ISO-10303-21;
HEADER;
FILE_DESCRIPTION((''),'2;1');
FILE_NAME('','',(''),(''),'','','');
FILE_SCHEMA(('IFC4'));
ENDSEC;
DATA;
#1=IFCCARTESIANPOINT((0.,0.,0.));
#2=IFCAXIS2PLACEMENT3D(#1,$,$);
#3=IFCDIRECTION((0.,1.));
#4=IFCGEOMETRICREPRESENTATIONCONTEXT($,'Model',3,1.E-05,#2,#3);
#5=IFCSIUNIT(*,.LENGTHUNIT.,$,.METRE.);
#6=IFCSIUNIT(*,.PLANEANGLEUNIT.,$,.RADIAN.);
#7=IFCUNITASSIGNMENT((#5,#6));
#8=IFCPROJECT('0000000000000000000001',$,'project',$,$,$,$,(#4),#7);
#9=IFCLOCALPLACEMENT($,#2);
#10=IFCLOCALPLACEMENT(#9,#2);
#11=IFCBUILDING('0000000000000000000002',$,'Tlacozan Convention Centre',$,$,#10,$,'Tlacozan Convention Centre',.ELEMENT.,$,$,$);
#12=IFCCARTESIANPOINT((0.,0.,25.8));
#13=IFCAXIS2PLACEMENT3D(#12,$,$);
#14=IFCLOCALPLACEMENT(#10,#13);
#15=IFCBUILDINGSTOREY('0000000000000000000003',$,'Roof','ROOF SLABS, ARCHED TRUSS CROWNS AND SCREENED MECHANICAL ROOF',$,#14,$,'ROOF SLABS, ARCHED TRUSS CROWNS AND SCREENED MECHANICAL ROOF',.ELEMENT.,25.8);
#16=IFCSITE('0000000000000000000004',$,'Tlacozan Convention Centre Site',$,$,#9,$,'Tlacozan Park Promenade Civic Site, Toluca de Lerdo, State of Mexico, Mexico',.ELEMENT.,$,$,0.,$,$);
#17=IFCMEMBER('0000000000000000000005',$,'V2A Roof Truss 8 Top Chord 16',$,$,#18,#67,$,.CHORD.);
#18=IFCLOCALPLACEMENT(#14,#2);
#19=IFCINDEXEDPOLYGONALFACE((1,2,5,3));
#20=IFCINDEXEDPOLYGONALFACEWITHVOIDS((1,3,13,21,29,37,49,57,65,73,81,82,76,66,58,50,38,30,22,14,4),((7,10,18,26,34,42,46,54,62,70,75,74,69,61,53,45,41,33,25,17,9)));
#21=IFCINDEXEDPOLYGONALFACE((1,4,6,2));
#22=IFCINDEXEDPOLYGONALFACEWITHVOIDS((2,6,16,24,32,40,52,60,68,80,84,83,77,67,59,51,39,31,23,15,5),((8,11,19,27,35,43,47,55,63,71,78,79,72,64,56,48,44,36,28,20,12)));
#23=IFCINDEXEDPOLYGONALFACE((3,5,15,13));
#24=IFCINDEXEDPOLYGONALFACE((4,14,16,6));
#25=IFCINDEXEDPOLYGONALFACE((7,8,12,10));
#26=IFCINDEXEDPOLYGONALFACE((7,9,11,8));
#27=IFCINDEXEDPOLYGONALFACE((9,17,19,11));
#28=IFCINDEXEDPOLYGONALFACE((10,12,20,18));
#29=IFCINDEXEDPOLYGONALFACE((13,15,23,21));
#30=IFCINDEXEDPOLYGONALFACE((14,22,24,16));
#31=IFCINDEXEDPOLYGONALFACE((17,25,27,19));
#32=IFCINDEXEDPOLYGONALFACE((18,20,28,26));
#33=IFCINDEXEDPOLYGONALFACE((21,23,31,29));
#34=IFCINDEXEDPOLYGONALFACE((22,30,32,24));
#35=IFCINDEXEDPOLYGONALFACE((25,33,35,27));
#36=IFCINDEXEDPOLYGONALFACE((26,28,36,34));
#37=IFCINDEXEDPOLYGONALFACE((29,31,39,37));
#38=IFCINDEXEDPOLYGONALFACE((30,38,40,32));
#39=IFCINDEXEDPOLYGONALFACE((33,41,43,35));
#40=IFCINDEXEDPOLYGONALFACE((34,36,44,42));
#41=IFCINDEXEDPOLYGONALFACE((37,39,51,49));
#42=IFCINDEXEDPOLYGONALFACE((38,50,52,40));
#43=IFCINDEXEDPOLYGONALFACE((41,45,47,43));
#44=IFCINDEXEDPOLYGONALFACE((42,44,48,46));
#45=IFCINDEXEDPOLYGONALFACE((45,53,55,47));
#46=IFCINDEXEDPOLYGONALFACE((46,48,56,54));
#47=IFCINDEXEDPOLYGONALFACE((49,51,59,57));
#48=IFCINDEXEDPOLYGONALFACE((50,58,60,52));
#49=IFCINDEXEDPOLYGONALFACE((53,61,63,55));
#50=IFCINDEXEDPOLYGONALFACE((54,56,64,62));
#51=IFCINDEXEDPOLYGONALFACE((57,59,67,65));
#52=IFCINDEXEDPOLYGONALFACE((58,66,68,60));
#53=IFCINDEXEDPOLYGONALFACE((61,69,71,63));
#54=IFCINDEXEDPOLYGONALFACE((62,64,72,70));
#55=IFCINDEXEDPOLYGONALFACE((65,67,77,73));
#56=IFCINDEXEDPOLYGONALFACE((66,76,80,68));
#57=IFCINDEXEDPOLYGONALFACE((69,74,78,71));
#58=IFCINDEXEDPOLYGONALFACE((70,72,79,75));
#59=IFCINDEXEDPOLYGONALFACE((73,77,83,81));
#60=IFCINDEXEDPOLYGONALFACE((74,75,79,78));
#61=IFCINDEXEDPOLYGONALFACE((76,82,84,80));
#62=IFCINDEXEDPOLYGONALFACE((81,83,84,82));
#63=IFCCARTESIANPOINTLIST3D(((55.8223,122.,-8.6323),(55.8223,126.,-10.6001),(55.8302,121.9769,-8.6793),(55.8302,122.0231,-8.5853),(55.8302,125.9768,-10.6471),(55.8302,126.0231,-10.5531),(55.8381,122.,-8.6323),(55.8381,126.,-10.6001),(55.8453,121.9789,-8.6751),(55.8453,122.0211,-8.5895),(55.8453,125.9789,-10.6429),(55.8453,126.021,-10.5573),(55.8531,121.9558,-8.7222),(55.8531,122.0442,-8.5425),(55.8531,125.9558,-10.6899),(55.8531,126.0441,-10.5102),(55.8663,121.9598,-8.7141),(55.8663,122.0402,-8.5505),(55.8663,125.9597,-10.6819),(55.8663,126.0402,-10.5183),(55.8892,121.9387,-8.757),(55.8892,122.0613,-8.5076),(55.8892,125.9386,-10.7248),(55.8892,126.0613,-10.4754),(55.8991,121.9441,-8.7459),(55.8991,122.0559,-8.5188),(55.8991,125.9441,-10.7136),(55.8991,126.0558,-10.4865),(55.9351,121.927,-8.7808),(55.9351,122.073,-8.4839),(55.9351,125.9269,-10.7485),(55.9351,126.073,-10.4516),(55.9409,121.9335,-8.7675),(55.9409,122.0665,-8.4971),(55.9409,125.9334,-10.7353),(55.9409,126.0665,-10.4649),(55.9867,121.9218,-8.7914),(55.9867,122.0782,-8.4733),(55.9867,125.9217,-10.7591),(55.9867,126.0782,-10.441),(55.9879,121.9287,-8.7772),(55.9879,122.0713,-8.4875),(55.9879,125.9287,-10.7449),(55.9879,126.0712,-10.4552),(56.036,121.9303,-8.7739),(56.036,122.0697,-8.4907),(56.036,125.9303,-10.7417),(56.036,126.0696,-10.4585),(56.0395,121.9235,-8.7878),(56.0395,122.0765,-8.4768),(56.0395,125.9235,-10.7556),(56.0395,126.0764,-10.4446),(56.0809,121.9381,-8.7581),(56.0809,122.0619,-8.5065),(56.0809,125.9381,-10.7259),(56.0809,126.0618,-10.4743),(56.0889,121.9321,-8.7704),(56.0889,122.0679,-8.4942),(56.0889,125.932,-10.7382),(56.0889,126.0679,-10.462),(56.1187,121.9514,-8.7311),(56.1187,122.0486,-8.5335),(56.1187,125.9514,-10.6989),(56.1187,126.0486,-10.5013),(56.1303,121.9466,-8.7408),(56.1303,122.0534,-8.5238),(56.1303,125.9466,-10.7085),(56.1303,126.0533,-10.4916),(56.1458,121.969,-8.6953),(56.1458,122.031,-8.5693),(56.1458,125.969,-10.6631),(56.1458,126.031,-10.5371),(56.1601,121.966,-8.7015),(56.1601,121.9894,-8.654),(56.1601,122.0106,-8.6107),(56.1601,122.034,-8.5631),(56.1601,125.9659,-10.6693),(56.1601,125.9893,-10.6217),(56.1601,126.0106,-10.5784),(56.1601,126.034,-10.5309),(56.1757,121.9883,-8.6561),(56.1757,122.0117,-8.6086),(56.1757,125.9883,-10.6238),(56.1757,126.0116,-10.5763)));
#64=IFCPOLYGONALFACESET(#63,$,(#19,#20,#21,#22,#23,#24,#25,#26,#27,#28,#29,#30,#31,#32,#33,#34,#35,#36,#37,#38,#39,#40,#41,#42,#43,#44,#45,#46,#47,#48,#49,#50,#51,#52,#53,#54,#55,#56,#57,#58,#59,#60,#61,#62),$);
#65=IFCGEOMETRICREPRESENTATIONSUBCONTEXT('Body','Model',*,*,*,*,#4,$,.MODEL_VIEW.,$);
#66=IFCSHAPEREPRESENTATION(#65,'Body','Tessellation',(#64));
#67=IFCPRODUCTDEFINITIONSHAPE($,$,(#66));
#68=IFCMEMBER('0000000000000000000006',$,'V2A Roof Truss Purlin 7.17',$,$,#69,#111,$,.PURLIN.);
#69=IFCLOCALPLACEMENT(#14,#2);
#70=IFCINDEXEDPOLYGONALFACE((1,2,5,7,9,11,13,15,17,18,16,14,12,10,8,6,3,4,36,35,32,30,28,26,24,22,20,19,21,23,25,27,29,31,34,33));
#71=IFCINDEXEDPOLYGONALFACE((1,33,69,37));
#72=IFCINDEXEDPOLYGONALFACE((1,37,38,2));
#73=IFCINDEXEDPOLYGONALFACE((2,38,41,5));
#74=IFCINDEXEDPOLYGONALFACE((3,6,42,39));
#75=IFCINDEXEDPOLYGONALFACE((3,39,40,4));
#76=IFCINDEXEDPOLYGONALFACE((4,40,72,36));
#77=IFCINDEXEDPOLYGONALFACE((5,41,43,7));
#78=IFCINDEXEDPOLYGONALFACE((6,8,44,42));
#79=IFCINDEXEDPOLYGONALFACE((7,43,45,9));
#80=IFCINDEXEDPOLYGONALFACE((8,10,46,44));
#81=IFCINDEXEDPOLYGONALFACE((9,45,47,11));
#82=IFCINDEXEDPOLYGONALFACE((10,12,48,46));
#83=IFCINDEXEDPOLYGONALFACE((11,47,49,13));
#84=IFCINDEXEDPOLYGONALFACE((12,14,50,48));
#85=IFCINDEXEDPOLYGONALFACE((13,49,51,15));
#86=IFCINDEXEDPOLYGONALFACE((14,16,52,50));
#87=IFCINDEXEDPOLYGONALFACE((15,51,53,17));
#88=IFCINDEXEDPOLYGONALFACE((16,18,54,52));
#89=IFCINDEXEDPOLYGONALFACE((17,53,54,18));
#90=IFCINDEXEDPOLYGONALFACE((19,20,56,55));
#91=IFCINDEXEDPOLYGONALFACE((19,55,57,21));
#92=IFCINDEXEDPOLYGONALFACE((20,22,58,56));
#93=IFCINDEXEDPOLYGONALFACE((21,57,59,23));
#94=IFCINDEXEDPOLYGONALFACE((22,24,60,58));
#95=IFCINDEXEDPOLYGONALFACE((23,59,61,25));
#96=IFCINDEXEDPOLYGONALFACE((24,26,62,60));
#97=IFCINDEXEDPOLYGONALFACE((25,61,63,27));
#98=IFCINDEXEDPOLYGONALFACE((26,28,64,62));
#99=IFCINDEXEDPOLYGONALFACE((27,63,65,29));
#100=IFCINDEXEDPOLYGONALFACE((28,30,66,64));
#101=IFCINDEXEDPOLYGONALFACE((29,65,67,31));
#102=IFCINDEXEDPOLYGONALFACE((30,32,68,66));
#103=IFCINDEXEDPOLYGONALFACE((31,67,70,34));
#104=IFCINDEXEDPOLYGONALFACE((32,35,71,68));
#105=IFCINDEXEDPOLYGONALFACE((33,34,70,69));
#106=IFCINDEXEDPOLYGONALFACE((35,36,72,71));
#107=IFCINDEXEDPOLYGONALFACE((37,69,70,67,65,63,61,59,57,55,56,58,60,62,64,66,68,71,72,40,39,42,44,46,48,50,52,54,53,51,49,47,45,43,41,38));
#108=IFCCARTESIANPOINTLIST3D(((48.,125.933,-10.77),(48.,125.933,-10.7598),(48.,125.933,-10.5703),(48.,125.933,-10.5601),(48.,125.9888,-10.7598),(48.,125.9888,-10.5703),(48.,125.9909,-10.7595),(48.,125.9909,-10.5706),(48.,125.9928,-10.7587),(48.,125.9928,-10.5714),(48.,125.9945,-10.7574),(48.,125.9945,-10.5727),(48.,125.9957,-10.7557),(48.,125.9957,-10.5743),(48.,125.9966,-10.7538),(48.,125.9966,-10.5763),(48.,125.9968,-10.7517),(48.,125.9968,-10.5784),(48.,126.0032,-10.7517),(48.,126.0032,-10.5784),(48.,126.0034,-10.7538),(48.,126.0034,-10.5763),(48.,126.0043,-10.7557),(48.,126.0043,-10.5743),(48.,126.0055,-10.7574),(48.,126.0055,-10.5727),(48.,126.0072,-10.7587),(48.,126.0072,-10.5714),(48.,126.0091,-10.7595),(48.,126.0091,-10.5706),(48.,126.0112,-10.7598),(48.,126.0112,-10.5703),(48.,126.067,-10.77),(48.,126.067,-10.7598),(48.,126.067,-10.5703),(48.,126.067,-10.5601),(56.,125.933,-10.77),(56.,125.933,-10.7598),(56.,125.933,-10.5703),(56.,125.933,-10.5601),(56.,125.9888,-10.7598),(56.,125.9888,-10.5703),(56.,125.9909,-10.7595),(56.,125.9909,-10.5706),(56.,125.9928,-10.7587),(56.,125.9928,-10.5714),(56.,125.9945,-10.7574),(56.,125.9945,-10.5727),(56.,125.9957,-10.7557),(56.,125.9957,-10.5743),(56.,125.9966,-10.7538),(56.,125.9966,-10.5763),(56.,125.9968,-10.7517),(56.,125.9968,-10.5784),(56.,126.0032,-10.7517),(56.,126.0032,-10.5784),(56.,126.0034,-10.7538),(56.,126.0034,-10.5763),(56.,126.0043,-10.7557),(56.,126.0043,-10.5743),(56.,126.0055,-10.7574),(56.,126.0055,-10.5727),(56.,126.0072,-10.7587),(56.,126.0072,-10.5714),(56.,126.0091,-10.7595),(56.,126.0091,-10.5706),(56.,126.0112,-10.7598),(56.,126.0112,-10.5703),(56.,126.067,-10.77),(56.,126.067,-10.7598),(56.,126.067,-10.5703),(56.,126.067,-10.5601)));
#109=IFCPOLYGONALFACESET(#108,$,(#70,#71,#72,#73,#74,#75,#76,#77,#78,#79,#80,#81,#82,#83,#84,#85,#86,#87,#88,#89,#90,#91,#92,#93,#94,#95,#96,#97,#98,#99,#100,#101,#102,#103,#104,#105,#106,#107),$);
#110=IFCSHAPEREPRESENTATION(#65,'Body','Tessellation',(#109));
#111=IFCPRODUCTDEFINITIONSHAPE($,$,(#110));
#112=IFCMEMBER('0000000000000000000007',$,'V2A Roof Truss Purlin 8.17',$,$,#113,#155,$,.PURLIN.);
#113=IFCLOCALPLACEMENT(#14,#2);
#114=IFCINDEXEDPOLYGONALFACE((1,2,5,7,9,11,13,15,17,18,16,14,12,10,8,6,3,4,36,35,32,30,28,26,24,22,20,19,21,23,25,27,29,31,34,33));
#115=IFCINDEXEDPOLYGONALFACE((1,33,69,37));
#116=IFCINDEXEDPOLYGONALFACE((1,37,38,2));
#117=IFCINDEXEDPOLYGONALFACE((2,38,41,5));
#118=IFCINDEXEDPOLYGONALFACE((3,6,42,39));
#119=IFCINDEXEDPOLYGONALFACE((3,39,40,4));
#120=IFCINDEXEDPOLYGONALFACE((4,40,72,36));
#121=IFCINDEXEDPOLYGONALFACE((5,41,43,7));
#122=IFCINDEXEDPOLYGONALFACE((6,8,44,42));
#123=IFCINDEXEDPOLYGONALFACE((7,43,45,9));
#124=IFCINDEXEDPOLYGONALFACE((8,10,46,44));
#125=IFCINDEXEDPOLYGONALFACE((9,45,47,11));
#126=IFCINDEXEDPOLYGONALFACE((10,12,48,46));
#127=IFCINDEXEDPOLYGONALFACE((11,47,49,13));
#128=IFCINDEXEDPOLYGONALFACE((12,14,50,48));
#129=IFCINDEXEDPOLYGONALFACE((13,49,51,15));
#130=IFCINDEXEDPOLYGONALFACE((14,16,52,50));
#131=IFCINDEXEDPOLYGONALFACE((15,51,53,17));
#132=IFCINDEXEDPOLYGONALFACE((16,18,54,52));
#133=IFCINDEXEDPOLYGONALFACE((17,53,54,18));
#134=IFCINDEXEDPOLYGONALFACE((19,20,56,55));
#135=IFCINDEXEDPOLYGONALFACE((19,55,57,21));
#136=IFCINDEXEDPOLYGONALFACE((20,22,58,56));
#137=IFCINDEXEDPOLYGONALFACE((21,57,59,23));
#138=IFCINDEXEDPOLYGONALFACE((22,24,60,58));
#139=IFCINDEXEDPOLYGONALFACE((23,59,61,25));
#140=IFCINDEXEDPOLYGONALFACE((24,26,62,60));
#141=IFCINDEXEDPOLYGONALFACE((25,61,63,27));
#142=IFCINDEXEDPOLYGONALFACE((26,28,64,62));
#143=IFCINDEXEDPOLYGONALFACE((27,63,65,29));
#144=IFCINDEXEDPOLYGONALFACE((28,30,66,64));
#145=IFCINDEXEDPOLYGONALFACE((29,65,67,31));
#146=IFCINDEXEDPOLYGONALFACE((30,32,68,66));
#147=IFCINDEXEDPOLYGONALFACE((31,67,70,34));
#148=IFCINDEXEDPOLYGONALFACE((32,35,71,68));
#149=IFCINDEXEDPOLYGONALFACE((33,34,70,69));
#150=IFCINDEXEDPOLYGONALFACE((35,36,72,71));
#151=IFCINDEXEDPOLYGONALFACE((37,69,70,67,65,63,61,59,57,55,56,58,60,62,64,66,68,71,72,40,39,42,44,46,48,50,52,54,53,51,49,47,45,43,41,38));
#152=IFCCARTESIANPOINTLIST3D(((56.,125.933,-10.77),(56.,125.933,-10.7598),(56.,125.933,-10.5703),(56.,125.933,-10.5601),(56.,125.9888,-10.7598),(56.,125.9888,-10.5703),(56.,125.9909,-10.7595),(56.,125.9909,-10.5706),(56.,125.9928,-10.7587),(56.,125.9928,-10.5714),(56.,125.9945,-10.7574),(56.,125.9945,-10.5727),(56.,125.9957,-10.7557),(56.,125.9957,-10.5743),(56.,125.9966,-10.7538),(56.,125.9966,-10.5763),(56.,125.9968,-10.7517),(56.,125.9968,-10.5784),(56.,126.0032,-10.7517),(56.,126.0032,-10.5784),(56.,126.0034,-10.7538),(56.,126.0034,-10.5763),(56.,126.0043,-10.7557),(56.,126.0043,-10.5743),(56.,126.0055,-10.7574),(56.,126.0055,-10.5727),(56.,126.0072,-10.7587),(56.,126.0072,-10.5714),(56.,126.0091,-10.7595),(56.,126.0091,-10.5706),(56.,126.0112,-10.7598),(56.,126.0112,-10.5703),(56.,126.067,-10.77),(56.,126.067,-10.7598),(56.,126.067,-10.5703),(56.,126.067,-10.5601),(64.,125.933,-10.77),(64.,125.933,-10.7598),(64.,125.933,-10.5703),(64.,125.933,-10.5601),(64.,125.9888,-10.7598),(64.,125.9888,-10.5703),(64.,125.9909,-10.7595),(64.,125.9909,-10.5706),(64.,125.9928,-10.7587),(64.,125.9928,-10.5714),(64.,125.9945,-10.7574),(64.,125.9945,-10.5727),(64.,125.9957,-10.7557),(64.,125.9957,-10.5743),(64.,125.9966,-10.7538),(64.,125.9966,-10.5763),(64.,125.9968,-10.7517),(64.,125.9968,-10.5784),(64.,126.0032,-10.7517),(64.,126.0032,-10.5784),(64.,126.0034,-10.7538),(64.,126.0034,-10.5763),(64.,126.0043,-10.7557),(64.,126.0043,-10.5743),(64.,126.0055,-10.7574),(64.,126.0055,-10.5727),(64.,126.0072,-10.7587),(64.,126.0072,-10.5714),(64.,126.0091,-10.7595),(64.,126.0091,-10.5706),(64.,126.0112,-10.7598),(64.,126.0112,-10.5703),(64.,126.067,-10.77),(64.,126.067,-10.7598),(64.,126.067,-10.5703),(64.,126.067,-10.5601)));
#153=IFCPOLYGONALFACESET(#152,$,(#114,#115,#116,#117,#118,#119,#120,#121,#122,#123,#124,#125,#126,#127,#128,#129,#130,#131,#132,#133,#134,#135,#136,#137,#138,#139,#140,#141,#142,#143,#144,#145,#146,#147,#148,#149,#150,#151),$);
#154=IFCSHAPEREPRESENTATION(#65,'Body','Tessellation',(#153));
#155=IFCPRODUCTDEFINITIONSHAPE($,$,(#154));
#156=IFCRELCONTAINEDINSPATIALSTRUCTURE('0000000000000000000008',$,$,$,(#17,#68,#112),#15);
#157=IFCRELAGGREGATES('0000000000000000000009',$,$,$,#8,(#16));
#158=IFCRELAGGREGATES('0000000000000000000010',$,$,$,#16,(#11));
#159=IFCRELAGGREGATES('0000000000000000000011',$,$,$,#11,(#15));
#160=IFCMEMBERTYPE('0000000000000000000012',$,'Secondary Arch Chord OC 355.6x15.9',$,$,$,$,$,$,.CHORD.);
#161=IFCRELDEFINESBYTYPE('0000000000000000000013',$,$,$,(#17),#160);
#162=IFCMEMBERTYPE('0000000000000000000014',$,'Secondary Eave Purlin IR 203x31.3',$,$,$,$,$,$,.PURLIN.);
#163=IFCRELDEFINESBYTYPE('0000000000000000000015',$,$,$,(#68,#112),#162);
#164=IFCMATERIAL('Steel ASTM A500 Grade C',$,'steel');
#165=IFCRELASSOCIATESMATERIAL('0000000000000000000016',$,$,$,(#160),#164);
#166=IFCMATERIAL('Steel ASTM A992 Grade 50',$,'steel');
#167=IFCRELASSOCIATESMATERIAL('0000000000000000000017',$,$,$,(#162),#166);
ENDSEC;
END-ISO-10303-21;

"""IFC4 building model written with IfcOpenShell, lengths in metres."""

from ifc_helpers import new_model, si_unit, direction, frame, origin, origin_2d, place, context, subcontext, project, spatial, hollow_circle, i_section, extrude, material, material_profile, profile_set, type_object, element, save


model = new_model("IFC4")

# Units and contexts
model_context = context("Model", 3, precision=1e-05, world=origin(), true_north=direction((0.0, 1.0)))
body_context = subcontext(model_context, "Body", "Model", "MODEL_VIEW")
ifc_project = project(units=[si_unit("LENGTHUNIT", "METRE"), si_unit("PLANEANGLEUNIT", "RADIAN")], contexts=[model_context])

# Site, building, storey
site_placement = place(None, origin())
site = spatial("IfcSite", under=ifc_project, at=site_placement, Name="Tlacozan Convention Centre Site", LongName="Tlacozan Park Promenade Civic Site, Toluca de Lerdo, State of Mexico, Mexico", CompositionType="ELEMENT", RefElevation=0.0)
building_placement = place(site_placement, origin())
building = spatial("IfcBuilding", under=site, at=building_placement, Name="Tlacozan Convention Centre", LongName="Tlacozan Convention Centre", CompositionType="ELEMENT")
storey_placement = place(building_placement, frame((0.0, 0.0, 25.8)))
storey = spatial("IfcBuildingStorey", under=building, at=storey_placement, Name="Roof", Description="ROOF SLABS, ARCHED TRUSS CROWNS AND SCREENED MECHANICAL ROOF", LongName="ROOF SLABS, ARCHED TRUSS CROWNS AND SCREENED MECHANICAL ROOF", CompositionType="ELEMENT", Elevation=25.8)

# Members
ifc_material_1 = material(Name="Steel ASTM A500 Grade C", Category="steel")
ifc_material_2 = material(Name="Steel ASTM A992 Grade 50", Category="steel")
ifc_material_profile_1 = material_profile(ifc_material_1, hollow_circle(Radius=0.1777, WallThickness=0.0159, at=origin_2d()), Name="OC 355.6x15.9")
ifc_profile_set_1 = profile_set([ifc_material_profile_1], Name="Steel ASTM A500 Grade C")
member_type_1 = type_object("IfcMemberType", Name="Secondary Arch Chord OC 355.6x15.9", PredefinedType="CHORD", material=ifc_profile_set_1)
member_1_placement = place(storey_placement, frame((56.0, 122.0, -8.6323), z_axis=(0.0, 0.8973, -0.441421), x_axis=(-1.0, 0.0, 0.0)))
element("IfcMember", 1, at=member_1_placement, inside=storey, type_object=member_type_1, Name="V2A Roof Truss 8 Top Chord 16", PredefinedType="CHORD", context=body_context, shape_type="SweptSolid", body=[
    extrude(hollow_circle(Radius=0.1777, WallThickness=0.0159, at=origin_2d()), origin(), (0.0, 0.0, 1.0), 4.4578),
])
ifc_material_profile_2 = material_profile(ifc_material_2, i_section(OverallWidth=0.134, OverallDepth=0.21, WebThickness=0.0063, FlangeThickness=0.0103, FilletRadius=0.0081, at=origin_2d()), Name="IR 203x31.3")
ifc_profile_set_2 = profile_set([ifc_material_profile_2], Name="Steel ASTM A992 Grade 50")
member_type_2 = type_object("IfcMemberType", Name="Secondary Eave Purlin IR 203x31.3", PredefinedType="PURLIN", material=ifc_profile_set_2)
for number, where, z_axis, x_axis, name in (
    (2, (48.0, 126.0, -10.665), (1.0, 0.0, 0.0), (0.0, 1.0, 0.0), "V2A Roof Truss Purlin 7.17"),
    (3, (56.0, 126.0, -10.665), (1.0, 0.0, 0.0), (0.0, 1.0, 0.0), "V2A Roof Truss Purlin 8.17"),
):
    element("IfcMember", number, at=place(storey_placement, frame(where, z_axis=z_axis, x_axis=x_axis)), inside=storey, type_object=member_type_2, Name=name, PredefinedType="PURLIN", context=body_context, shape_type="SweptSolid", body=[
        extrude(i_section(OverallWidth=0.134, OverallDepth=0.21, WebThickness=0.0063, FlangeThickness=0.0103, FilletRadius=0.0081, at=origin_2d()), origin(), (0.0, 0.0, 1.0), 8.0),
    ])

save(model, "model.ifc")
